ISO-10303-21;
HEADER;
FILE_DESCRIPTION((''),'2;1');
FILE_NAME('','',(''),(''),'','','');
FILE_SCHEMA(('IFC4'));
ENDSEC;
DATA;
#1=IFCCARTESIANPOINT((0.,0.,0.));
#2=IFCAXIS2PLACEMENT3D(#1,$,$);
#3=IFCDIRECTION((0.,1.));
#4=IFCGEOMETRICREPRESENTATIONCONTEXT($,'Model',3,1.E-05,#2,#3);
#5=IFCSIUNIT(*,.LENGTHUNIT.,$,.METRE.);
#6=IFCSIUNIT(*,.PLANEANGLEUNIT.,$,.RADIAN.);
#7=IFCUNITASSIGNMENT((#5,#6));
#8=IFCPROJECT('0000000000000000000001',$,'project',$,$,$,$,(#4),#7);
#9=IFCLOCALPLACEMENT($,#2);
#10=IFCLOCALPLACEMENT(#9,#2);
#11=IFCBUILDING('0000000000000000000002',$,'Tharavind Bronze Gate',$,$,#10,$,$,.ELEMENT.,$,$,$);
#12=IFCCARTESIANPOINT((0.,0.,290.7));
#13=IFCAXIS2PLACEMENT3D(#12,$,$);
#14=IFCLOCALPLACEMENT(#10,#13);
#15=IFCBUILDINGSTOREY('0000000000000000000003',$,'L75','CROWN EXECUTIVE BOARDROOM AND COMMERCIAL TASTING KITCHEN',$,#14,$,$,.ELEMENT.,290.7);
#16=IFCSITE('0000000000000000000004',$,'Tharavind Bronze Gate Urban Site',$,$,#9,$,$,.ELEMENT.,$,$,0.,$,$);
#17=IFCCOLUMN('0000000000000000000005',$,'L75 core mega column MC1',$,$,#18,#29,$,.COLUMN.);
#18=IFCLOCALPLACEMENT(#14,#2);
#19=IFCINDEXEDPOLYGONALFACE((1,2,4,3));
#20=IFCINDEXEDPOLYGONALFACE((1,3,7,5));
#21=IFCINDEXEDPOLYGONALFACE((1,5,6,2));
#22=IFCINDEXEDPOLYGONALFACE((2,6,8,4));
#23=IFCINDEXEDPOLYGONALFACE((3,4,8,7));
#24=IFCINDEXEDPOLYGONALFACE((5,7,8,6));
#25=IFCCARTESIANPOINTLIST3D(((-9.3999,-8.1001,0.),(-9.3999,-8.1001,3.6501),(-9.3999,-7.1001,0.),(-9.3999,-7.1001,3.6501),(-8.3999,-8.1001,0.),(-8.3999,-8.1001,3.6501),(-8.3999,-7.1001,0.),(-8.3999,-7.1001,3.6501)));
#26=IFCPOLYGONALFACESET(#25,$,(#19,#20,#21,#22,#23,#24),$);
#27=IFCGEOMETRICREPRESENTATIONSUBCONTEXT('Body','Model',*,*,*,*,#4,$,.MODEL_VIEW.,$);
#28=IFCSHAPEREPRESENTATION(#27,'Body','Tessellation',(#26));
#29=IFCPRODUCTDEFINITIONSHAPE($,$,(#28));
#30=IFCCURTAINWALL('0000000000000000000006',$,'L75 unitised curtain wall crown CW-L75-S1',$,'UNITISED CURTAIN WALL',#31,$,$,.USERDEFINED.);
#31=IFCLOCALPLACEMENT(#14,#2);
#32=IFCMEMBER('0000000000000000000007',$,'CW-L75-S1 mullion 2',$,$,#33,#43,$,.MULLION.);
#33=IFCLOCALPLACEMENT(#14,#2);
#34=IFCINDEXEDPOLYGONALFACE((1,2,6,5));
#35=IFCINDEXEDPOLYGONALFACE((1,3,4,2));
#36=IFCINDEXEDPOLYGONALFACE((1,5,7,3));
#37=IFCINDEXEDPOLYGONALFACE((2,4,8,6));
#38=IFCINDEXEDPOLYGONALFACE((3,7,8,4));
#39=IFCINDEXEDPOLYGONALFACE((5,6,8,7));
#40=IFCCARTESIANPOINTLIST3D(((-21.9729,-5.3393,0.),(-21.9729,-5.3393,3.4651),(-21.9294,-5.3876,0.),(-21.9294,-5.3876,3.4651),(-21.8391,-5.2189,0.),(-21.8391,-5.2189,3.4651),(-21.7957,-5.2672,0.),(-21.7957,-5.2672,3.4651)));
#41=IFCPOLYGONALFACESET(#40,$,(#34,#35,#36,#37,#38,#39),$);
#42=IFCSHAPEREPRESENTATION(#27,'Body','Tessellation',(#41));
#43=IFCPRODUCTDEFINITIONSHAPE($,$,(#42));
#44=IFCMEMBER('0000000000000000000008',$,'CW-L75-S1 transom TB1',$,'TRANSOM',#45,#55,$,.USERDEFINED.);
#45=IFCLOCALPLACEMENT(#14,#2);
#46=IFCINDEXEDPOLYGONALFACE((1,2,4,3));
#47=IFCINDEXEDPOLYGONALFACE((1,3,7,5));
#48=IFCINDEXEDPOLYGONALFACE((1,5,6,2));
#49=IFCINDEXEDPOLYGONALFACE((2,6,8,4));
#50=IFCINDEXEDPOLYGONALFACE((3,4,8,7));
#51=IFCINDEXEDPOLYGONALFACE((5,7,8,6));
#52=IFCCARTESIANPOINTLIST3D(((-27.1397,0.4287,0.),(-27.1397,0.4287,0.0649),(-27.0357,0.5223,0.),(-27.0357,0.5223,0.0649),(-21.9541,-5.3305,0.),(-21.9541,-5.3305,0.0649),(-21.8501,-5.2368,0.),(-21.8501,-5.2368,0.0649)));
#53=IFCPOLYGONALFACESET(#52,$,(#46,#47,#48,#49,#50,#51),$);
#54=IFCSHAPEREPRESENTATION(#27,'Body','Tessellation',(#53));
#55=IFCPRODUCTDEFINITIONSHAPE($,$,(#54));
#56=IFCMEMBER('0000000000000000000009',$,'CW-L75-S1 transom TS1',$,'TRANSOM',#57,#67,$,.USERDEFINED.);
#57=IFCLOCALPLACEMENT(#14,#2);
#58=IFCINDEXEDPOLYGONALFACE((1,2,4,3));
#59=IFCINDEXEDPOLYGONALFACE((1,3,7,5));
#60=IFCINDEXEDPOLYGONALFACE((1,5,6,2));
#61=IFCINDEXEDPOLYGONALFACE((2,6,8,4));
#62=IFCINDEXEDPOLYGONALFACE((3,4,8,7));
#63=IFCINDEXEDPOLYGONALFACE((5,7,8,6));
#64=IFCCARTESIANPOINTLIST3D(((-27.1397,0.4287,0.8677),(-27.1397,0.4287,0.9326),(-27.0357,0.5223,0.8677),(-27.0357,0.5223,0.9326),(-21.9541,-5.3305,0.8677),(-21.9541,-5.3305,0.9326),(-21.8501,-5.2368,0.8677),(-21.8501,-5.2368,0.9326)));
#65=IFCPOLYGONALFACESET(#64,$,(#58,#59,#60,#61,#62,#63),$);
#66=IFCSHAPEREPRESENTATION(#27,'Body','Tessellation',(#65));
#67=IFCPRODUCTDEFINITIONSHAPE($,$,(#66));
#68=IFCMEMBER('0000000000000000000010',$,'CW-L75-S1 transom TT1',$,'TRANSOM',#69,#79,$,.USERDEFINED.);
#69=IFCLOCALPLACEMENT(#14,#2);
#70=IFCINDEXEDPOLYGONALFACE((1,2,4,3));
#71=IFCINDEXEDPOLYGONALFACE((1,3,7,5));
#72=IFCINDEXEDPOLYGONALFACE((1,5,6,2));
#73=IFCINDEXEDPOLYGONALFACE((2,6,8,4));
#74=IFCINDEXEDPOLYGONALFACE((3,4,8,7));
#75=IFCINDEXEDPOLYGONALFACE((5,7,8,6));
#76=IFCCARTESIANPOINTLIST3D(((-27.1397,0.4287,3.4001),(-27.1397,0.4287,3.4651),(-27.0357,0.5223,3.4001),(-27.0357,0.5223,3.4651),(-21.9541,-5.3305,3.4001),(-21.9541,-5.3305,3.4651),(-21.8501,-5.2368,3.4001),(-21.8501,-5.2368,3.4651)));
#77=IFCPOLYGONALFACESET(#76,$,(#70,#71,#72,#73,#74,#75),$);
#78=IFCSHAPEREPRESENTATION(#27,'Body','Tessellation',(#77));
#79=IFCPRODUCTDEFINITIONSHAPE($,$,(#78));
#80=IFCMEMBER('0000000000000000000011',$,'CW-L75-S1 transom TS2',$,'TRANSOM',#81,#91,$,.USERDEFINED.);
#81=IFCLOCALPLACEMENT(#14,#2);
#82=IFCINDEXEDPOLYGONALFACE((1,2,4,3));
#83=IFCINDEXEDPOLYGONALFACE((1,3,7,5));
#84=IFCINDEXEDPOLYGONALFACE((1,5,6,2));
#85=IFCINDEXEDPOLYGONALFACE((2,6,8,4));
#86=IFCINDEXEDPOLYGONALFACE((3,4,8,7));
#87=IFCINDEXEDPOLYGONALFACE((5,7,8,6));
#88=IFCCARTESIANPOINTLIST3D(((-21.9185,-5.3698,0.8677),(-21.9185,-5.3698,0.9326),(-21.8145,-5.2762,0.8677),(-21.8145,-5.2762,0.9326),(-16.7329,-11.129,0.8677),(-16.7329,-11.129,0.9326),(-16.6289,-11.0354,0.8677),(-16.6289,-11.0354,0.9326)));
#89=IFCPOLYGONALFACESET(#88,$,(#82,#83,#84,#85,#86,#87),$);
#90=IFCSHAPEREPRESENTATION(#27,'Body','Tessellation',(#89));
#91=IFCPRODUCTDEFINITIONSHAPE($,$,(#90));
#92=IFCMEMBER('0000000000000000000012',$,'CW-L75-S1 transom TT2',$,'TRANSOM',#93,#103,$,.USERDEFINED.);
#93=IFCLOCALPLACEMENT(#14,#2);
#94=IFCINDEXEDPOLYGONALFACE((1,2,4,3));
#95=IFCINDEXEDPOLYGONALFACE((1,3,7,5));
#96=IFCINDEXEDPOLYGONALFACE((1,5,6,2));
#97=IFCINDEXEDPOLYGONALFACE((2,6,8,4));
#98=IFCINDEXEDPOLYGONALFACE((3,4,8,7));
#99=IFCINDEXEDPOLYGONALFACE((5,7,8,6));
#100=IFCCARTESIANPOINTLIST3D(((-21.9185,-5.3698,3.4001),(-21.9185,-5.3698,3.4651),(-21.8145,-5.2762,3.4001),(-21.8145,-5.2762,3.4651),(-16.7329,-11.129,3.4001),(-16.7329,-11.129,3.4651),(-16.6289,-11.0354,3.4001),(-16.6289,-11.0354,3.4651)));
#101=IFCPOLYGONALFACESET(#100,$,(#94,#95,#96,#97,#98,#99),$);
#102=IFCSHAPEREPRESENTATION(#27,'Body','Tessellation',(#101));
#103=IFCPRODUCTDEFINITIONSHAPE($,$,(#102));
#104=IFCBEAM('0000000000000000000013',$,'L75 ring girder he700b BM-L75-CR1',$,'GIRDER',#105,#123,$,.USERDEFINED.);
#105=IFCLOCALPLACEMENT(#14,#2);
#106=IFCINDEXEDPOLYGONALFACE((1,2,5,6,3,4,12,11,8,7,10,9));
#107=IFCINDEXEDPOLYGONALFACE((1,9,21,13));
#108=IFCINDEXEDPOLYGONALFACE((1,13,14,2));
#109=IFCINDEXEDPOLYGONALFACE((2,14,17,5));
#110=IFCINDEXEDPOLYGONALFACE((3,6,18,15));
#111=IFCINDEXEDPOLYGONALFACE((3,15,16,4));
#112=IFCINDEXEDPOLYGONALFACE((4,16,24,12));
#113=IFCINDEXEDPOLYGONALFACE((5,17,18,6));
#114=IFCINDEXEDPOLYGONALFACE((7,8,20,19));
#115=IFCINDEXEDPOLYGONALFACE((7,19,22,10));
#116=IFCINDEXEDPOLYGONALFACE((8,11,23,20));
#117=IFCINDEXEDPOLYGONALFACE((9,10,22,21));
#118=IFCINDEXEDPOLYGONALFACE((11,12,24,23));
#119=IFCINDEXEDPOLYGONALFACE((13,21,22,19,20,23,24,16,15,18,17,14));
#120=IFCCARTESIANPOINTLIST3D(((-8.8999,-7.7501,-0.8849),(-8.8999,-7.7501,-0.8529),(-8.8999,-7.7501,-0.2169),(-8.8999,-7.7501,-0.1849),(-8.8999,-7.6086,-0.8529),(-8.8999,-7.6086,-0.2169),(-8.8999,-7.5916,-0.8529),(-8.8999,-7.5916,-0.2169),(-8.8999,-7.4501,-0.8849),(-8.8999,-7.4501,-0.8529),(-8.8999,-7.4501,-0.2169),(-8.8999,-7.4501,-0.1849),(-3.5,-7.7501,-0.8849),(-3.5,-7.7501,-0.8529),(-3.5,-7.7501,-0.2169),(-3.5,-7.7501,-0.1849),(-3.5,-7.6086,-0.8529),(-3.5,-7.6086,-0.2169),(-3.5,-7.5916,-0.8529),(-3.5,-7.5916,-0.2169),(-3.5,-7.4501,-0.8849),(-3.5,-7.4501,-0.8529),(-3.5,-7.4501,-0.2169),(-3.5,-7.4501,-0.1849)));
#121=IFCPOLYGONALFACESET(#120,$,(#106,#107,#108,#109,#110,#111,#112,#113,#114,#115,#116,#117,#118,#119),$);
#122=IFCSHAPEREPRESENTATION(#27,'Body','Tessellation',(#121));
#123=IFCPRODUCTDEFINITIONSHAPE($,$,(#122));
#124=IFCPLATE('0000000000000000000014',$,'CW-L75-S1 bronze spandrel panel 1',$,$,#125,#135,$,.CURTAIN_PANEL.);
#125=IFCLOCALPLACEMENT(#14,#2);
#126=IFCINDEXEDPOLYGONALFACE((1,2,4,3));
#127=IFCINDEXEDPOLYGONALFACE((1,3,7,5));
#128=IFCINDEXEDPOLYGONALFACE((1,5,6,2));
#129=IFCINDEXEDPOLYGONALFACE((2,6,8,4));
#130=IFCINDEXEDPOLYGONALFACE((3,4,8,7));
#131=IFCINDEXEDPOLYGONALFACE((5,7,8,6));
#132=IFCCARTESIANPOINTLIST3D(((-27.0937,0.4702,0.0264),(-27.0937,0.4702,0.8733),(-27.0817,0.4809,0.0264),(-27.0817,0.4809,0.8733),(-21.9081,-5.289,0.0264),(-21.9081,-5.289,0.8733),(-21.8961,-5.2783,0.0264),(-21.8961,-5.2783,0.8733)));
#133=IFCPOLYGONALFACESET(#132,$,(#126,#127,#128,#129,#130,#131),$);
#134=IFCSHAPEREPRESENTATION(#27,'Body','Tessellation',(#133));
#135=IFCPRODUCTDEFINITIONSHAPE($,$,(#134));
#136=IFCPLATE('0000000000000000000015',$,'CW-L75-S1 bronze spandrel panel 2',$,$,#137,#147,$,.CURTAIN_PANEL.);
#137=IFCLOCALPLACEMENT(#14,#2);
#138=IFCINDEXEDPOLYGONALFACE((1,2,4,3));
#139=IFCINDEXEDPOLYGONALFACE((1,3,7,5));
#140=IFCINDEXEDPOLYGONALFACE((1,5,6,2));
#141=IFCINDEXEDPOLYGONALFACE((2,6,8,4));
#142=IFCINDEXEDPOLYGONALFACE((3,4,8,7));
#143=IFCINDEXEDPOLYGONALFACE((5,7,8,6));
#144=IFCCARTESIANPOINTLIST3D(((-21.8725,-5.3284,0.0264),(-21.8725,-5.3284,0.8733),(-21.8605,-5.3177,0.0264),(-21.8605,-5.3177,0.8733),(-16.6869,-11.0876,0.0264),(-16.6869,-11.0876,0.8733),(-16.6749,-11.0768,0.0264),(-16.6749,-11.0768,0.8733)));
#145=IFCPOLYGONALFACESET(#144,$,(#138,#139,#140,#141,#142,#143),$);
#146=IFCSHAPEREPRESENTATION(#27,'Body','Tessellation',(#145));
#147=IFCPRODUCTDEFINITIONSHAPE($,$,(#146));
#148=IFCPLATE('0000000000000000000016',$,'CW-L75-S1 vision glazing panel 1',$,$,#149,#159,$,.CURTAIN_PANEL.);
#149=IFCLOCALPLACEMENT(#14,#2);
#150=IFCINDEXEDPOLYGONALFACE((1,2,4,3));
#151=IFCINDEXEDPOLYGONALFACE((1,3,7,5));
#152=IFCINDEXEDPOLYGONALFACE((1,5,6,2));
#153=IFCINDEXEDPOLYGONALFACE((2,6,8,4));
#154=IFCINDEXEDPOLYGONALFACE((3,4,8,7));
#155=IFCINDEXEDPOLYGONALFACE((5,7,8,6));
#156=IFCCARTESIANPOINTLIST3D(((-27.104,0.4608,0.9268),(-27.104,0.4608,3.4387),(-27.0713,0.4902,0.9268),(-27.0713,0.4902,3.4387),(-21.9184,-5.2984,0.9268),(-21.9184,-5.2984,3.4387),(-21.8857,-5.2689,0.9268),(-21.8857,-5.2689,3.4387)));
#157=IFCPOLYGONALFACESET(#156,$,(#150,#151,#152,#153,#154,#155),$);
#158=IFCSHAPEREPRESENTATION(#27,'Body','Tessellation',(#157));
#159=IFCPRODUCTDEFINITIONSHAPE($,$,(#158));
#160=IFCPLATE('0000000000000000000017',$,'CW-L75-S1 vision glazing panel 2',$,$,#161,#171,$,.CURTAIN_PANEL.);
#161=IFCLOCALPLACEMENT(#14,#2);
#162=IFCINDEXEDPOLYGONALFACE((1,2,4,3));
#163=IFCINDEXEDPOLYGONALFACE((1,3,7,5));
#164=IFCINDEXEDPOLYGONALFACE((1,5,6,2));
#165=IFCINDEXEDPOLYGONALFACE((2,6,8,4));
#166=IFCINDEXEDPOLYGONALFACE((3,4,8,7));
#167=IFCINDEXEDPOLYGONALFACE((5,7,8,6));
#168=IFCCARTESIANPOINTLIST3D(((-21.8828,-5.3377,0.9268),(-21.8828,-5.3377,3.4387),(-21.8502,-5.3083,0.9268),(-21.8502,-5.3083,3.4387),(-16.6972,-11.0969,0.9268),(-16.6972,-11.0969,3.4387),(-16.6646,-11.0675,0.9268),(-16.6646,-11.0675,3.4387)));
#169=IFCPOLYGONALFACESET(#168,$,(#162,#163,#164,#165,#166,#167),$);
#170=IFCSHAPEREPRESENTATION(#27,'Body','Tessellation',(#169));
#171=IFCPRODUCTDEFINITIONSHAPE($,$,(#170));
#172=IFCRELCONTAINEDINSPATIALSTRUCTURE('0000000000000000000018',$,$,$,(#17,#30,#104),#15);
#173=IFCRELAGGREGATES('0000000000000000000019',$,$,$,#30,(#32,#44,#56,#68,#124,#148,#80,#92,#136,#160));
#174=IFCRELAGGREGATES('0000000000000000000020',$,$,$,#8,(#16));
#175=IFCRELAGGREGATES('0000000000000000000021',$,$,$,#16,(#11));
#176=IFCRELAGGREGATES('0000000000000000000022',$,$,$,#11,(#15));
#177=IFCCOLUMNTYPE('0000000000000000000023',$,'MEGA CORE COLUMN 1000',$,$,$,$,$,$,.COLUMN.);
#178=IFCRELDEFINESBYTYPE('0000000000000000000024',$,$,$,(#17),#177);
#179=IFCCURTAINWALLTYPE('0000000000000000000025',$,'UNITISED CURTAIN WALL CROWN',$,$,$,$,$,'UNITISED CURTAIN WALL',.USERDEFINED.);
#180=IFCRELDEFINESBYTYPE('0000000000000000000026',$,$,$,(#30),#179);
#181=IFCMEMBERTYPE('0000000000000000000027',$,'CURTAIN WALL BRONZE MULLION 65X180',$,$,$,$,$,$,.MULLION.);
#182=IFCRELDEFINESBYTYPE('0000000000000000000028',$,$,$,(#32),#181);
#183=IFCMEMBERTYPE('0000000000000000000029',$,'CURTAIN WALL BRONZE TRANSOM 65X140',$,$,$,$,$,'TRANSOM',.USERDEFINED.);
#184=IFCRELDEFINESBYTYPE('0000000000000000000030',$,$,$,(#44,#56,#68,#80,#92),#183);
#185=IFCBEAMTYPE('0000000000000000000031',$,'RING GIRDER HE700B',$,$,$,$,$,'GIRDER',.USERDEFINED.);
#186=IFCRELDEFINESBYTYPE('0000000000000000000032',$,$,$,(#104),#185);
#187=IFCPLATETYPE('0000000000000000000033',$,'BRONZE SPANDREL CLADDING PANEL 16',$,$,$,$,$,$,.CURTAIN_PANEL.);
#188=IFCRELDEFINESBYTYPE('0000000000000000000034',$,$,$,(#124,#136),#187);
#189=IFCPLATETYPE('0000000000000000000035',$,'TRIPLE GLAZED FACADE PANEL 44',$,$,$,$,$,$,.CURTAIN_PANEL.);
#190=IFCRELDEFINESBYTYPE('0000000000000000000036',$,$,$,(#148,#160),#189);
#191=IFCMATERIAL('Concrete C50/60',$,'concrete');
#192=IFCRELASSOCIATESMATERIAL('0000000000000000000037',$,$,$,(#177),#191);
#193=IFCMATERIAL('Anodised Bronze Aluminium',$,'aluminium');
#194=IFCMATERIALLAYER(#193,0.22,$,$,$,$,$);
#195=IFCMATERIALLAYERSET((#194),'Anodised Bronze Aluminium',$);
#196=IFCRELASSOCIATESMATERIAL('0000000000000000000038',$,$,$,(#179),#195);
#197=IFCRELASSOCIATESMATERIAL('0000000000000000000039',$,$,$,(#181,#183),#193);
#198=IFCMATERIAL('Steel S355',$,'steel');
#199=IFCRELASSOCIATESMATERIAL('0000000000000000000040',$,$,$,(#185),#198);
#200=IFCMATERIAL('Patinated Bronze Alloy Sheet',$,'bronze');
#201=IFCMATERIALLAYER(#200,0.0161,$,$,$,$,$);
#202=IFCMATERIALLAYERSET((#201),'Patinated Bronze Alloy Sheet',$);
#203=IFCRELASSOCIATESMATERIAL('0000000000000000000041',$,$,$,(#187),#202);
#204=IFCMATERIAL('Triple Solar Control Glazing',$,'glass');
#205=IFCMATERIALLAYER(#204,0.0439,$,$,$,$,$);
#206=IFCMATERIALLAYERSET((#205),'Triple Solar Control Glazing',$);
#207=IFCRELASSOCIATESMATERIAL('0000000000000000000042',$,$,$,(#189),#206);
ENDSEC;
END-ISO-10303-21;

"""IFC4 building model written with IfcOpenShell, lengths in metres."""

from ifc_helpers import new_model, si_unit, direction, frame, origin, origin_2d, place, context, subcontext, project, spatial, rectangle, i_section, extrude, material, layer, layer_set, material_profile, profile_set, type_object, element, aggregate, save


model = new_model("IFC4")

# Units and contexts
model_context = context("Model", 3, precision=1e-05, world=origin(), true_north=direction((0.0, 1.0)))
body_context = subcontext(model_context, "Body", "Model", "MODEL_VIEW")
ifc_project = project(units=[si_unit("LENGTHUNIT", "METRE"), si_unit("PLANEANGLEUNIT", "RADIAN")], contexts=[model_context])

# Site, building, storey
site_placement = place(None, origin())
site = spatial("IfcSite", under=ifc_project, at=site_placement, Name="Tharavind Bronze Gate Urban Site", CompositionType="ELEMENT", RefElevation=0.0)
building_placement = place(site_placement, origin())
building = spatial("IfcBuilding", under=site, at=building_placement, Name="Tharavind Bronze Gate", CompositionType="ELEMENT")
storey_placement = place(building_placement, frame((0.0, 0.0, 290.7)))
storey = spatial("IfcBuildingStorey", under=building, at=storey_placement, Name="L75", Description="CROWN EXECUTIVE BOARDROOM AND COMMERCIAL TASTING KITCHEN", CompositionType="ELEMENT", Elevation=290.7)

# Column
ifc_material_1 = material(Name="Concrete C50/60", Category="concrete")
ifc_material_profile_1 = material_profile(ifc_material_1, rectangle(XDim=1.0, YDim=1.0, at=origin_2d()), Name="RCCOL1000")
ifc_profile_set_1 = profile_set([ifc_material_profile_1], Name="Concrete C50/60")
column_type = type_object("IfcColumnType", Name="MEGA CORE COLUMN 1000", PredefinedType="COLUMN", material=ifc_profile_set_1)
column_placement = place(storey_placement, frame((-8.8999, -7.6001, 0.0), z_axis=(0.0, 0.0, 1.0), x_axis=(1.0, 0.0, 0.0)))
element("IfcColumn", 1, at=column_placement, inside=storey, type_object=column_type, Name="L75 core mega column MC1", PredefinedType="COLUMN", context=body_context, shape_type="SweptSolid", body=[
    extrude(rectangle(XDim=1.0, YDim=1.0, at=origin_2d()), origin(), (0.0, 0.0, 1.0), 3.6501),
])

# Curtain wall, members
ifc_material_2 = material(Name="Anodised Bronze Aluminium", Category="aluminium")
ifc_layer_1 = layer(ifc_material_2, 0.22)
ifc_layer_set_1 = layer_set([ifc_layer_1], Name="Anodised Bronze Aluminium")
curtain_wall_type = type_object("IfcCurtainWallType", Name="UNITISED CURTAIN WALL CROWN", ElementType="UNITISED CURTAIN WALL", PredefinedType="USERDEFINED", material=ifc_layer_set_1)
curtain_wall_placement = place(storey_placement, origin())
curtain_wall = element("IfcCurtainWall", 2, at=curtain_wall_placement, inside=storey, type_object=curtain_wall_type, Name="L75 unitised curtain wall crown CW-L75-S1", ObjectType="UNITISED CURTAIN WALL", PredefinedType="USERDEFINED")
member_type_1 = type_object("IfcMemberType", Name="CURTAIN WALL BRONZE MULLION 65X180", PredefinedType="MULLION", material=ifc_material_2)
member_1_placement = place(storey_placement, frame((-21.8843, -5.3032, 0.0), z_axis=(0.0, 0.0, 1.0), x_axis=(0.669131, -0.743145, 0.0)))
member_1 = element("IfcMember", 3, at=member_1_placement, type_object=member_type_1, Name="CW-L75-S1 mullion 2", PredefinedType="MULLION", context=body_context, shape_type="SweptSolid", body=[
    extrude(rectangle(XDim=0.0649, YDim=0.1799, at=origin_2d()), origin(), (0.0, 0.0, 1.0), 3.4651),
])
member_type_2 = type_object("IfcMemberType", Name="CURTAIN WALL BRONZE TRANSOM 65X140", ElementType="TRANSOM", PredefinedType="USERDEFINED", material=ifc_material_2)
member_2_placement = place(storey_placement, frame((-24.4949, -2.4041, 0.0), z_axis=(0.0, 0.0, 1.0), x_axis=(0.669131, -0.743145, 0.0)))
member_2 = element("IfcMember", 4, at=member_2_placement, type_object=member_type_2, Name="CW-L75-S1 transom TB1", ObjectType="TRANSOM", PredefinedType="USERDEFINED", context=body_context, shape_type="SweptSolid", body=[
    extrude(rectangle(XDim=7.7498, YDim=0.1399, at=origin_2d()), origin(), (0.0, 0.0, 1.0), 0.0649),
])
member_3_placement = place(storey_placement, frame((-24.4949, -2.4041, 0.8677), z_axis=(0.0, 0.0, 1.0), x_axis=(0.669131, -0.743145, 0.0)))
member_3 = element("IfcMember", 5, at=member_3_placement, type_object=member_type_2, Name="CW-L75-S1 transom TS1", ObjectType="TRANSOM", PredefinedType="USERDEFINED", context=body_context, shape_type="SweptSolid", body=[
    extrude(rectangle(XDim=7.7498, YDim=0.1399, at=origin_2d()), origin(), (0.0, 0.0, 1.0), 0.0649),
])
member_4_placement = place(storey_placement, frame((-24.4949, -2.4041, 3.4001), z_axis=(0.0, 0.0, 1.0), x_axis=(0.669131, -0.743145, 0.0)))
member_4 = element("IfcMember", 6, at=member_4_placement, type_object=member_type_2, Name="CW-L75-S1 transom TT1", ObjectType="TRANSOM", PredefinedType="USERDEFINED", context=body_context, shape_type="SweptSolid", body=[
    extrude(rectangle(XDim=7.7498, YDim=0.1399, at=origin_2d()), origin(), (0.0, 0.0, 1.0), 0.0649),
])
member_5_placement = place(storey_placement, frame((-19.2737, -8.2026, 0.8677), z_axis=(0.0, 0.0, 1.0), x_axis=(0.669131, -0.743145, 0.0)))
member_5 = element("IfcMember", 7, at=member_5_placement, type_object=member_type_2, Name="CW-L75-S1 transom TS2", ObjectType="TRANSOM", PredefinedType="USERDEFINED", context=body_context, shape_type="SweptSolid", body=[
    extrude(rectangle(XDim=7.7498, YDim=0.1399, at=origin_2d()), origin(), (0.0, 0.0, 1.0), 0.0649),
])
member_6_placement = place(storey_placement, frame((-19.2737, -8.2026, 3.4001), z_axis=(0.0, 0.0, 1.0), x_axis=(0.669131, -0.743145, 0.0)))
member_6 = element("IfcMember", 8, at=member_6_placement, type_object=member_type_2, Name="CW-L75-S1 transom TT2", ObjectType="TRANSOM", PredefinedType="USERDEFINED", context=body_context, shape_type="SweptSolid", body=[
    extrude(rectangle(XDim=7.7498, YDim=0.1399, at=origin_2d()), origin(), (0.0, 0.0, 1.0), 0.0649),
])

# Beam
ifc_material_3 = material(Name="Steel S355", Category="steel")
ifc_material_profile_2 = material_profile(ifc_material_3, i_section(OverallWidth=0.3, OverallDepth=0.7, WebThickness=0.0171, FlangeThickness=0.032, at=origin_2d()), Name="HE700B")
ifc_profile_set_2 = profile_set([ifc_material_profile_2], Name="Steel S355")
beam_type = type_object("IfcBeamType", Name="RING GIRDER HE700B", ElementType="GIRDER", PredefinedType="USERDEFINED", material=ifc_profile_set_2)
beam_placement = place(storey_placement, frame((-8.8999, -7.6001, -0.5349), z_axis=(1.0, 0.0, 0.0), x_axis=(0.0, 1.0, 0.0)))
element("IfcBeam", 9, at=beam_placement, inside=storey, type_object=beam_type, Name="L75 ring girder he700b BM-L75-CR1", ObjectType="GIRDER", PredefinedType="USERDEFINED", context=body_context, shape_type="SweptSolid", body=[
    extrude(i_section(OverallWidth=0.3, OverallDepth=0.7, WebThickness=0.0171, FlangeThickness=0.032, at=origin_2d()), origin(), (0.0, 0.0, 1.0), 5.3999),
])

# Plates
ifc_material_4 = material(Name="Patinated Bronze Alloy Sheet", Category="bronze")
ifc_layer_2 = layer(ifc_material_4, 0.0161)
ifc_layer_set_2 = layer_set([ifc_layer_2], Name="Patinated Bronze Alloy Sheet")
plate_type_1 = type_object("IfcPlateType", Name="BRONZE SPANDREL CLADDING PANEL 16", PredefinedType="CURTAIN_PANEL", material=ifc_layer_set_2)
plate_1_placement = place(storey_placement, frame((-24.4949, -2.4041, 0.0264), z_axis=(0.0, 0.0, 1.0), x_axis=(0.669131, -0.743145, 0.0)))
plate_1 = element("IfcPlate", 10, at=plate_1_placement, type_object=plate_type_1, Name="CW-L75-S1 bronze spandrel panel 1", PredefinedType="CURTAIN_PANEL", context=body_context, shape_type="SweptSolid", body=[
    extrude(rectangle(XDim=7.7498, YDim=0.0161, at=origin_2d()), origin(), (0.0, 0.0, 1.0), 0.8469),
])
plate_2_placement = place(storey_placement, frame((-19.2737, -8.2026, 0.0264), z_axis=(0.0, 0.0, 1.0), x_axis=(0.669131, -0.743145, 0.0)))
plate_2 = element("IfcPlate", 11, at=plate_2_placement, type_object=plate_type_1, Name="CW-L75-S1 bronze spandrel panel 2", PredefinedType="CURTAIN_PANEL", context=body_context, shape_type="SweptSolid", body=[
    extrude(rectangle(XDim=7.7498, YDim=0.0161, at=origin_2d()), origin(), (0.0, 0.0, 1.0), 0.8469),
])
ifc_material_5 = material(Name="Triple Solar Control Glazing", Category="glass")
ifc_layer_3 = layer(ifc_material_5, 0.0439)
ifc_layer_set_3 = layer_set([ifc_layer_3], Name="Triple Solar Control Glazing")
plate_type_2 = type_object("IfcPlateType", Name="TRIPLE GLAZED FACADE PANEL 44", PredefinedType="CURTAIN_PANEL", material=ifc_layer_set_3)
plate_3_placement = place(storey_placement, frame((-24.4949, -2.4041, 0.9268), z_axis=(0.0, 0.0, 1.0), x_axis=(0.669131, -0.743145, 0.0)))
plate_3 = element("IfcPlate", 12, at=plate_3_placement, type_object=plate_type_2, Name="CW-L75-S1 vision glazing panel 1", PredefinedType="CURTAIN_PANEL", context=body_context, shape_type="SweptSolid", body=[
    extrude(rectangle(XDim=7.7498, YDim=0.0439, at=origin_2d()), origin(), (0.0, 0.0, 1.0), 2.512),
])
plate_4_placement = place(storey_placement, frame((-19.2737, -8.2026, 0.9268), z_axis=(0.0, 0.0, 1.0), x_axis=(0.669131, -0.743145, 0.0)))
plate_4 = element("IfcPlate", 13, at=plate_4_placement, type_object=plate_type_2, Name="CW-L75-S1 vision glazing panel 2", PredefinedType="CURTAIN_PANEL", context=body_context, shape_type="SweptSolid", body=[
    extrude(rectangle(XDim=7.7498, YDim=0.0439, at=origin_2d()), origin(), (0.0, 0.0, 1.0), 2.512),
])
aggregate(curtain_wall, [member_1, member_2, member_3, member_4, plate_1, plate_3, member_5, member_6, plate_2, plate_4])

save(model, "model.ifc")
